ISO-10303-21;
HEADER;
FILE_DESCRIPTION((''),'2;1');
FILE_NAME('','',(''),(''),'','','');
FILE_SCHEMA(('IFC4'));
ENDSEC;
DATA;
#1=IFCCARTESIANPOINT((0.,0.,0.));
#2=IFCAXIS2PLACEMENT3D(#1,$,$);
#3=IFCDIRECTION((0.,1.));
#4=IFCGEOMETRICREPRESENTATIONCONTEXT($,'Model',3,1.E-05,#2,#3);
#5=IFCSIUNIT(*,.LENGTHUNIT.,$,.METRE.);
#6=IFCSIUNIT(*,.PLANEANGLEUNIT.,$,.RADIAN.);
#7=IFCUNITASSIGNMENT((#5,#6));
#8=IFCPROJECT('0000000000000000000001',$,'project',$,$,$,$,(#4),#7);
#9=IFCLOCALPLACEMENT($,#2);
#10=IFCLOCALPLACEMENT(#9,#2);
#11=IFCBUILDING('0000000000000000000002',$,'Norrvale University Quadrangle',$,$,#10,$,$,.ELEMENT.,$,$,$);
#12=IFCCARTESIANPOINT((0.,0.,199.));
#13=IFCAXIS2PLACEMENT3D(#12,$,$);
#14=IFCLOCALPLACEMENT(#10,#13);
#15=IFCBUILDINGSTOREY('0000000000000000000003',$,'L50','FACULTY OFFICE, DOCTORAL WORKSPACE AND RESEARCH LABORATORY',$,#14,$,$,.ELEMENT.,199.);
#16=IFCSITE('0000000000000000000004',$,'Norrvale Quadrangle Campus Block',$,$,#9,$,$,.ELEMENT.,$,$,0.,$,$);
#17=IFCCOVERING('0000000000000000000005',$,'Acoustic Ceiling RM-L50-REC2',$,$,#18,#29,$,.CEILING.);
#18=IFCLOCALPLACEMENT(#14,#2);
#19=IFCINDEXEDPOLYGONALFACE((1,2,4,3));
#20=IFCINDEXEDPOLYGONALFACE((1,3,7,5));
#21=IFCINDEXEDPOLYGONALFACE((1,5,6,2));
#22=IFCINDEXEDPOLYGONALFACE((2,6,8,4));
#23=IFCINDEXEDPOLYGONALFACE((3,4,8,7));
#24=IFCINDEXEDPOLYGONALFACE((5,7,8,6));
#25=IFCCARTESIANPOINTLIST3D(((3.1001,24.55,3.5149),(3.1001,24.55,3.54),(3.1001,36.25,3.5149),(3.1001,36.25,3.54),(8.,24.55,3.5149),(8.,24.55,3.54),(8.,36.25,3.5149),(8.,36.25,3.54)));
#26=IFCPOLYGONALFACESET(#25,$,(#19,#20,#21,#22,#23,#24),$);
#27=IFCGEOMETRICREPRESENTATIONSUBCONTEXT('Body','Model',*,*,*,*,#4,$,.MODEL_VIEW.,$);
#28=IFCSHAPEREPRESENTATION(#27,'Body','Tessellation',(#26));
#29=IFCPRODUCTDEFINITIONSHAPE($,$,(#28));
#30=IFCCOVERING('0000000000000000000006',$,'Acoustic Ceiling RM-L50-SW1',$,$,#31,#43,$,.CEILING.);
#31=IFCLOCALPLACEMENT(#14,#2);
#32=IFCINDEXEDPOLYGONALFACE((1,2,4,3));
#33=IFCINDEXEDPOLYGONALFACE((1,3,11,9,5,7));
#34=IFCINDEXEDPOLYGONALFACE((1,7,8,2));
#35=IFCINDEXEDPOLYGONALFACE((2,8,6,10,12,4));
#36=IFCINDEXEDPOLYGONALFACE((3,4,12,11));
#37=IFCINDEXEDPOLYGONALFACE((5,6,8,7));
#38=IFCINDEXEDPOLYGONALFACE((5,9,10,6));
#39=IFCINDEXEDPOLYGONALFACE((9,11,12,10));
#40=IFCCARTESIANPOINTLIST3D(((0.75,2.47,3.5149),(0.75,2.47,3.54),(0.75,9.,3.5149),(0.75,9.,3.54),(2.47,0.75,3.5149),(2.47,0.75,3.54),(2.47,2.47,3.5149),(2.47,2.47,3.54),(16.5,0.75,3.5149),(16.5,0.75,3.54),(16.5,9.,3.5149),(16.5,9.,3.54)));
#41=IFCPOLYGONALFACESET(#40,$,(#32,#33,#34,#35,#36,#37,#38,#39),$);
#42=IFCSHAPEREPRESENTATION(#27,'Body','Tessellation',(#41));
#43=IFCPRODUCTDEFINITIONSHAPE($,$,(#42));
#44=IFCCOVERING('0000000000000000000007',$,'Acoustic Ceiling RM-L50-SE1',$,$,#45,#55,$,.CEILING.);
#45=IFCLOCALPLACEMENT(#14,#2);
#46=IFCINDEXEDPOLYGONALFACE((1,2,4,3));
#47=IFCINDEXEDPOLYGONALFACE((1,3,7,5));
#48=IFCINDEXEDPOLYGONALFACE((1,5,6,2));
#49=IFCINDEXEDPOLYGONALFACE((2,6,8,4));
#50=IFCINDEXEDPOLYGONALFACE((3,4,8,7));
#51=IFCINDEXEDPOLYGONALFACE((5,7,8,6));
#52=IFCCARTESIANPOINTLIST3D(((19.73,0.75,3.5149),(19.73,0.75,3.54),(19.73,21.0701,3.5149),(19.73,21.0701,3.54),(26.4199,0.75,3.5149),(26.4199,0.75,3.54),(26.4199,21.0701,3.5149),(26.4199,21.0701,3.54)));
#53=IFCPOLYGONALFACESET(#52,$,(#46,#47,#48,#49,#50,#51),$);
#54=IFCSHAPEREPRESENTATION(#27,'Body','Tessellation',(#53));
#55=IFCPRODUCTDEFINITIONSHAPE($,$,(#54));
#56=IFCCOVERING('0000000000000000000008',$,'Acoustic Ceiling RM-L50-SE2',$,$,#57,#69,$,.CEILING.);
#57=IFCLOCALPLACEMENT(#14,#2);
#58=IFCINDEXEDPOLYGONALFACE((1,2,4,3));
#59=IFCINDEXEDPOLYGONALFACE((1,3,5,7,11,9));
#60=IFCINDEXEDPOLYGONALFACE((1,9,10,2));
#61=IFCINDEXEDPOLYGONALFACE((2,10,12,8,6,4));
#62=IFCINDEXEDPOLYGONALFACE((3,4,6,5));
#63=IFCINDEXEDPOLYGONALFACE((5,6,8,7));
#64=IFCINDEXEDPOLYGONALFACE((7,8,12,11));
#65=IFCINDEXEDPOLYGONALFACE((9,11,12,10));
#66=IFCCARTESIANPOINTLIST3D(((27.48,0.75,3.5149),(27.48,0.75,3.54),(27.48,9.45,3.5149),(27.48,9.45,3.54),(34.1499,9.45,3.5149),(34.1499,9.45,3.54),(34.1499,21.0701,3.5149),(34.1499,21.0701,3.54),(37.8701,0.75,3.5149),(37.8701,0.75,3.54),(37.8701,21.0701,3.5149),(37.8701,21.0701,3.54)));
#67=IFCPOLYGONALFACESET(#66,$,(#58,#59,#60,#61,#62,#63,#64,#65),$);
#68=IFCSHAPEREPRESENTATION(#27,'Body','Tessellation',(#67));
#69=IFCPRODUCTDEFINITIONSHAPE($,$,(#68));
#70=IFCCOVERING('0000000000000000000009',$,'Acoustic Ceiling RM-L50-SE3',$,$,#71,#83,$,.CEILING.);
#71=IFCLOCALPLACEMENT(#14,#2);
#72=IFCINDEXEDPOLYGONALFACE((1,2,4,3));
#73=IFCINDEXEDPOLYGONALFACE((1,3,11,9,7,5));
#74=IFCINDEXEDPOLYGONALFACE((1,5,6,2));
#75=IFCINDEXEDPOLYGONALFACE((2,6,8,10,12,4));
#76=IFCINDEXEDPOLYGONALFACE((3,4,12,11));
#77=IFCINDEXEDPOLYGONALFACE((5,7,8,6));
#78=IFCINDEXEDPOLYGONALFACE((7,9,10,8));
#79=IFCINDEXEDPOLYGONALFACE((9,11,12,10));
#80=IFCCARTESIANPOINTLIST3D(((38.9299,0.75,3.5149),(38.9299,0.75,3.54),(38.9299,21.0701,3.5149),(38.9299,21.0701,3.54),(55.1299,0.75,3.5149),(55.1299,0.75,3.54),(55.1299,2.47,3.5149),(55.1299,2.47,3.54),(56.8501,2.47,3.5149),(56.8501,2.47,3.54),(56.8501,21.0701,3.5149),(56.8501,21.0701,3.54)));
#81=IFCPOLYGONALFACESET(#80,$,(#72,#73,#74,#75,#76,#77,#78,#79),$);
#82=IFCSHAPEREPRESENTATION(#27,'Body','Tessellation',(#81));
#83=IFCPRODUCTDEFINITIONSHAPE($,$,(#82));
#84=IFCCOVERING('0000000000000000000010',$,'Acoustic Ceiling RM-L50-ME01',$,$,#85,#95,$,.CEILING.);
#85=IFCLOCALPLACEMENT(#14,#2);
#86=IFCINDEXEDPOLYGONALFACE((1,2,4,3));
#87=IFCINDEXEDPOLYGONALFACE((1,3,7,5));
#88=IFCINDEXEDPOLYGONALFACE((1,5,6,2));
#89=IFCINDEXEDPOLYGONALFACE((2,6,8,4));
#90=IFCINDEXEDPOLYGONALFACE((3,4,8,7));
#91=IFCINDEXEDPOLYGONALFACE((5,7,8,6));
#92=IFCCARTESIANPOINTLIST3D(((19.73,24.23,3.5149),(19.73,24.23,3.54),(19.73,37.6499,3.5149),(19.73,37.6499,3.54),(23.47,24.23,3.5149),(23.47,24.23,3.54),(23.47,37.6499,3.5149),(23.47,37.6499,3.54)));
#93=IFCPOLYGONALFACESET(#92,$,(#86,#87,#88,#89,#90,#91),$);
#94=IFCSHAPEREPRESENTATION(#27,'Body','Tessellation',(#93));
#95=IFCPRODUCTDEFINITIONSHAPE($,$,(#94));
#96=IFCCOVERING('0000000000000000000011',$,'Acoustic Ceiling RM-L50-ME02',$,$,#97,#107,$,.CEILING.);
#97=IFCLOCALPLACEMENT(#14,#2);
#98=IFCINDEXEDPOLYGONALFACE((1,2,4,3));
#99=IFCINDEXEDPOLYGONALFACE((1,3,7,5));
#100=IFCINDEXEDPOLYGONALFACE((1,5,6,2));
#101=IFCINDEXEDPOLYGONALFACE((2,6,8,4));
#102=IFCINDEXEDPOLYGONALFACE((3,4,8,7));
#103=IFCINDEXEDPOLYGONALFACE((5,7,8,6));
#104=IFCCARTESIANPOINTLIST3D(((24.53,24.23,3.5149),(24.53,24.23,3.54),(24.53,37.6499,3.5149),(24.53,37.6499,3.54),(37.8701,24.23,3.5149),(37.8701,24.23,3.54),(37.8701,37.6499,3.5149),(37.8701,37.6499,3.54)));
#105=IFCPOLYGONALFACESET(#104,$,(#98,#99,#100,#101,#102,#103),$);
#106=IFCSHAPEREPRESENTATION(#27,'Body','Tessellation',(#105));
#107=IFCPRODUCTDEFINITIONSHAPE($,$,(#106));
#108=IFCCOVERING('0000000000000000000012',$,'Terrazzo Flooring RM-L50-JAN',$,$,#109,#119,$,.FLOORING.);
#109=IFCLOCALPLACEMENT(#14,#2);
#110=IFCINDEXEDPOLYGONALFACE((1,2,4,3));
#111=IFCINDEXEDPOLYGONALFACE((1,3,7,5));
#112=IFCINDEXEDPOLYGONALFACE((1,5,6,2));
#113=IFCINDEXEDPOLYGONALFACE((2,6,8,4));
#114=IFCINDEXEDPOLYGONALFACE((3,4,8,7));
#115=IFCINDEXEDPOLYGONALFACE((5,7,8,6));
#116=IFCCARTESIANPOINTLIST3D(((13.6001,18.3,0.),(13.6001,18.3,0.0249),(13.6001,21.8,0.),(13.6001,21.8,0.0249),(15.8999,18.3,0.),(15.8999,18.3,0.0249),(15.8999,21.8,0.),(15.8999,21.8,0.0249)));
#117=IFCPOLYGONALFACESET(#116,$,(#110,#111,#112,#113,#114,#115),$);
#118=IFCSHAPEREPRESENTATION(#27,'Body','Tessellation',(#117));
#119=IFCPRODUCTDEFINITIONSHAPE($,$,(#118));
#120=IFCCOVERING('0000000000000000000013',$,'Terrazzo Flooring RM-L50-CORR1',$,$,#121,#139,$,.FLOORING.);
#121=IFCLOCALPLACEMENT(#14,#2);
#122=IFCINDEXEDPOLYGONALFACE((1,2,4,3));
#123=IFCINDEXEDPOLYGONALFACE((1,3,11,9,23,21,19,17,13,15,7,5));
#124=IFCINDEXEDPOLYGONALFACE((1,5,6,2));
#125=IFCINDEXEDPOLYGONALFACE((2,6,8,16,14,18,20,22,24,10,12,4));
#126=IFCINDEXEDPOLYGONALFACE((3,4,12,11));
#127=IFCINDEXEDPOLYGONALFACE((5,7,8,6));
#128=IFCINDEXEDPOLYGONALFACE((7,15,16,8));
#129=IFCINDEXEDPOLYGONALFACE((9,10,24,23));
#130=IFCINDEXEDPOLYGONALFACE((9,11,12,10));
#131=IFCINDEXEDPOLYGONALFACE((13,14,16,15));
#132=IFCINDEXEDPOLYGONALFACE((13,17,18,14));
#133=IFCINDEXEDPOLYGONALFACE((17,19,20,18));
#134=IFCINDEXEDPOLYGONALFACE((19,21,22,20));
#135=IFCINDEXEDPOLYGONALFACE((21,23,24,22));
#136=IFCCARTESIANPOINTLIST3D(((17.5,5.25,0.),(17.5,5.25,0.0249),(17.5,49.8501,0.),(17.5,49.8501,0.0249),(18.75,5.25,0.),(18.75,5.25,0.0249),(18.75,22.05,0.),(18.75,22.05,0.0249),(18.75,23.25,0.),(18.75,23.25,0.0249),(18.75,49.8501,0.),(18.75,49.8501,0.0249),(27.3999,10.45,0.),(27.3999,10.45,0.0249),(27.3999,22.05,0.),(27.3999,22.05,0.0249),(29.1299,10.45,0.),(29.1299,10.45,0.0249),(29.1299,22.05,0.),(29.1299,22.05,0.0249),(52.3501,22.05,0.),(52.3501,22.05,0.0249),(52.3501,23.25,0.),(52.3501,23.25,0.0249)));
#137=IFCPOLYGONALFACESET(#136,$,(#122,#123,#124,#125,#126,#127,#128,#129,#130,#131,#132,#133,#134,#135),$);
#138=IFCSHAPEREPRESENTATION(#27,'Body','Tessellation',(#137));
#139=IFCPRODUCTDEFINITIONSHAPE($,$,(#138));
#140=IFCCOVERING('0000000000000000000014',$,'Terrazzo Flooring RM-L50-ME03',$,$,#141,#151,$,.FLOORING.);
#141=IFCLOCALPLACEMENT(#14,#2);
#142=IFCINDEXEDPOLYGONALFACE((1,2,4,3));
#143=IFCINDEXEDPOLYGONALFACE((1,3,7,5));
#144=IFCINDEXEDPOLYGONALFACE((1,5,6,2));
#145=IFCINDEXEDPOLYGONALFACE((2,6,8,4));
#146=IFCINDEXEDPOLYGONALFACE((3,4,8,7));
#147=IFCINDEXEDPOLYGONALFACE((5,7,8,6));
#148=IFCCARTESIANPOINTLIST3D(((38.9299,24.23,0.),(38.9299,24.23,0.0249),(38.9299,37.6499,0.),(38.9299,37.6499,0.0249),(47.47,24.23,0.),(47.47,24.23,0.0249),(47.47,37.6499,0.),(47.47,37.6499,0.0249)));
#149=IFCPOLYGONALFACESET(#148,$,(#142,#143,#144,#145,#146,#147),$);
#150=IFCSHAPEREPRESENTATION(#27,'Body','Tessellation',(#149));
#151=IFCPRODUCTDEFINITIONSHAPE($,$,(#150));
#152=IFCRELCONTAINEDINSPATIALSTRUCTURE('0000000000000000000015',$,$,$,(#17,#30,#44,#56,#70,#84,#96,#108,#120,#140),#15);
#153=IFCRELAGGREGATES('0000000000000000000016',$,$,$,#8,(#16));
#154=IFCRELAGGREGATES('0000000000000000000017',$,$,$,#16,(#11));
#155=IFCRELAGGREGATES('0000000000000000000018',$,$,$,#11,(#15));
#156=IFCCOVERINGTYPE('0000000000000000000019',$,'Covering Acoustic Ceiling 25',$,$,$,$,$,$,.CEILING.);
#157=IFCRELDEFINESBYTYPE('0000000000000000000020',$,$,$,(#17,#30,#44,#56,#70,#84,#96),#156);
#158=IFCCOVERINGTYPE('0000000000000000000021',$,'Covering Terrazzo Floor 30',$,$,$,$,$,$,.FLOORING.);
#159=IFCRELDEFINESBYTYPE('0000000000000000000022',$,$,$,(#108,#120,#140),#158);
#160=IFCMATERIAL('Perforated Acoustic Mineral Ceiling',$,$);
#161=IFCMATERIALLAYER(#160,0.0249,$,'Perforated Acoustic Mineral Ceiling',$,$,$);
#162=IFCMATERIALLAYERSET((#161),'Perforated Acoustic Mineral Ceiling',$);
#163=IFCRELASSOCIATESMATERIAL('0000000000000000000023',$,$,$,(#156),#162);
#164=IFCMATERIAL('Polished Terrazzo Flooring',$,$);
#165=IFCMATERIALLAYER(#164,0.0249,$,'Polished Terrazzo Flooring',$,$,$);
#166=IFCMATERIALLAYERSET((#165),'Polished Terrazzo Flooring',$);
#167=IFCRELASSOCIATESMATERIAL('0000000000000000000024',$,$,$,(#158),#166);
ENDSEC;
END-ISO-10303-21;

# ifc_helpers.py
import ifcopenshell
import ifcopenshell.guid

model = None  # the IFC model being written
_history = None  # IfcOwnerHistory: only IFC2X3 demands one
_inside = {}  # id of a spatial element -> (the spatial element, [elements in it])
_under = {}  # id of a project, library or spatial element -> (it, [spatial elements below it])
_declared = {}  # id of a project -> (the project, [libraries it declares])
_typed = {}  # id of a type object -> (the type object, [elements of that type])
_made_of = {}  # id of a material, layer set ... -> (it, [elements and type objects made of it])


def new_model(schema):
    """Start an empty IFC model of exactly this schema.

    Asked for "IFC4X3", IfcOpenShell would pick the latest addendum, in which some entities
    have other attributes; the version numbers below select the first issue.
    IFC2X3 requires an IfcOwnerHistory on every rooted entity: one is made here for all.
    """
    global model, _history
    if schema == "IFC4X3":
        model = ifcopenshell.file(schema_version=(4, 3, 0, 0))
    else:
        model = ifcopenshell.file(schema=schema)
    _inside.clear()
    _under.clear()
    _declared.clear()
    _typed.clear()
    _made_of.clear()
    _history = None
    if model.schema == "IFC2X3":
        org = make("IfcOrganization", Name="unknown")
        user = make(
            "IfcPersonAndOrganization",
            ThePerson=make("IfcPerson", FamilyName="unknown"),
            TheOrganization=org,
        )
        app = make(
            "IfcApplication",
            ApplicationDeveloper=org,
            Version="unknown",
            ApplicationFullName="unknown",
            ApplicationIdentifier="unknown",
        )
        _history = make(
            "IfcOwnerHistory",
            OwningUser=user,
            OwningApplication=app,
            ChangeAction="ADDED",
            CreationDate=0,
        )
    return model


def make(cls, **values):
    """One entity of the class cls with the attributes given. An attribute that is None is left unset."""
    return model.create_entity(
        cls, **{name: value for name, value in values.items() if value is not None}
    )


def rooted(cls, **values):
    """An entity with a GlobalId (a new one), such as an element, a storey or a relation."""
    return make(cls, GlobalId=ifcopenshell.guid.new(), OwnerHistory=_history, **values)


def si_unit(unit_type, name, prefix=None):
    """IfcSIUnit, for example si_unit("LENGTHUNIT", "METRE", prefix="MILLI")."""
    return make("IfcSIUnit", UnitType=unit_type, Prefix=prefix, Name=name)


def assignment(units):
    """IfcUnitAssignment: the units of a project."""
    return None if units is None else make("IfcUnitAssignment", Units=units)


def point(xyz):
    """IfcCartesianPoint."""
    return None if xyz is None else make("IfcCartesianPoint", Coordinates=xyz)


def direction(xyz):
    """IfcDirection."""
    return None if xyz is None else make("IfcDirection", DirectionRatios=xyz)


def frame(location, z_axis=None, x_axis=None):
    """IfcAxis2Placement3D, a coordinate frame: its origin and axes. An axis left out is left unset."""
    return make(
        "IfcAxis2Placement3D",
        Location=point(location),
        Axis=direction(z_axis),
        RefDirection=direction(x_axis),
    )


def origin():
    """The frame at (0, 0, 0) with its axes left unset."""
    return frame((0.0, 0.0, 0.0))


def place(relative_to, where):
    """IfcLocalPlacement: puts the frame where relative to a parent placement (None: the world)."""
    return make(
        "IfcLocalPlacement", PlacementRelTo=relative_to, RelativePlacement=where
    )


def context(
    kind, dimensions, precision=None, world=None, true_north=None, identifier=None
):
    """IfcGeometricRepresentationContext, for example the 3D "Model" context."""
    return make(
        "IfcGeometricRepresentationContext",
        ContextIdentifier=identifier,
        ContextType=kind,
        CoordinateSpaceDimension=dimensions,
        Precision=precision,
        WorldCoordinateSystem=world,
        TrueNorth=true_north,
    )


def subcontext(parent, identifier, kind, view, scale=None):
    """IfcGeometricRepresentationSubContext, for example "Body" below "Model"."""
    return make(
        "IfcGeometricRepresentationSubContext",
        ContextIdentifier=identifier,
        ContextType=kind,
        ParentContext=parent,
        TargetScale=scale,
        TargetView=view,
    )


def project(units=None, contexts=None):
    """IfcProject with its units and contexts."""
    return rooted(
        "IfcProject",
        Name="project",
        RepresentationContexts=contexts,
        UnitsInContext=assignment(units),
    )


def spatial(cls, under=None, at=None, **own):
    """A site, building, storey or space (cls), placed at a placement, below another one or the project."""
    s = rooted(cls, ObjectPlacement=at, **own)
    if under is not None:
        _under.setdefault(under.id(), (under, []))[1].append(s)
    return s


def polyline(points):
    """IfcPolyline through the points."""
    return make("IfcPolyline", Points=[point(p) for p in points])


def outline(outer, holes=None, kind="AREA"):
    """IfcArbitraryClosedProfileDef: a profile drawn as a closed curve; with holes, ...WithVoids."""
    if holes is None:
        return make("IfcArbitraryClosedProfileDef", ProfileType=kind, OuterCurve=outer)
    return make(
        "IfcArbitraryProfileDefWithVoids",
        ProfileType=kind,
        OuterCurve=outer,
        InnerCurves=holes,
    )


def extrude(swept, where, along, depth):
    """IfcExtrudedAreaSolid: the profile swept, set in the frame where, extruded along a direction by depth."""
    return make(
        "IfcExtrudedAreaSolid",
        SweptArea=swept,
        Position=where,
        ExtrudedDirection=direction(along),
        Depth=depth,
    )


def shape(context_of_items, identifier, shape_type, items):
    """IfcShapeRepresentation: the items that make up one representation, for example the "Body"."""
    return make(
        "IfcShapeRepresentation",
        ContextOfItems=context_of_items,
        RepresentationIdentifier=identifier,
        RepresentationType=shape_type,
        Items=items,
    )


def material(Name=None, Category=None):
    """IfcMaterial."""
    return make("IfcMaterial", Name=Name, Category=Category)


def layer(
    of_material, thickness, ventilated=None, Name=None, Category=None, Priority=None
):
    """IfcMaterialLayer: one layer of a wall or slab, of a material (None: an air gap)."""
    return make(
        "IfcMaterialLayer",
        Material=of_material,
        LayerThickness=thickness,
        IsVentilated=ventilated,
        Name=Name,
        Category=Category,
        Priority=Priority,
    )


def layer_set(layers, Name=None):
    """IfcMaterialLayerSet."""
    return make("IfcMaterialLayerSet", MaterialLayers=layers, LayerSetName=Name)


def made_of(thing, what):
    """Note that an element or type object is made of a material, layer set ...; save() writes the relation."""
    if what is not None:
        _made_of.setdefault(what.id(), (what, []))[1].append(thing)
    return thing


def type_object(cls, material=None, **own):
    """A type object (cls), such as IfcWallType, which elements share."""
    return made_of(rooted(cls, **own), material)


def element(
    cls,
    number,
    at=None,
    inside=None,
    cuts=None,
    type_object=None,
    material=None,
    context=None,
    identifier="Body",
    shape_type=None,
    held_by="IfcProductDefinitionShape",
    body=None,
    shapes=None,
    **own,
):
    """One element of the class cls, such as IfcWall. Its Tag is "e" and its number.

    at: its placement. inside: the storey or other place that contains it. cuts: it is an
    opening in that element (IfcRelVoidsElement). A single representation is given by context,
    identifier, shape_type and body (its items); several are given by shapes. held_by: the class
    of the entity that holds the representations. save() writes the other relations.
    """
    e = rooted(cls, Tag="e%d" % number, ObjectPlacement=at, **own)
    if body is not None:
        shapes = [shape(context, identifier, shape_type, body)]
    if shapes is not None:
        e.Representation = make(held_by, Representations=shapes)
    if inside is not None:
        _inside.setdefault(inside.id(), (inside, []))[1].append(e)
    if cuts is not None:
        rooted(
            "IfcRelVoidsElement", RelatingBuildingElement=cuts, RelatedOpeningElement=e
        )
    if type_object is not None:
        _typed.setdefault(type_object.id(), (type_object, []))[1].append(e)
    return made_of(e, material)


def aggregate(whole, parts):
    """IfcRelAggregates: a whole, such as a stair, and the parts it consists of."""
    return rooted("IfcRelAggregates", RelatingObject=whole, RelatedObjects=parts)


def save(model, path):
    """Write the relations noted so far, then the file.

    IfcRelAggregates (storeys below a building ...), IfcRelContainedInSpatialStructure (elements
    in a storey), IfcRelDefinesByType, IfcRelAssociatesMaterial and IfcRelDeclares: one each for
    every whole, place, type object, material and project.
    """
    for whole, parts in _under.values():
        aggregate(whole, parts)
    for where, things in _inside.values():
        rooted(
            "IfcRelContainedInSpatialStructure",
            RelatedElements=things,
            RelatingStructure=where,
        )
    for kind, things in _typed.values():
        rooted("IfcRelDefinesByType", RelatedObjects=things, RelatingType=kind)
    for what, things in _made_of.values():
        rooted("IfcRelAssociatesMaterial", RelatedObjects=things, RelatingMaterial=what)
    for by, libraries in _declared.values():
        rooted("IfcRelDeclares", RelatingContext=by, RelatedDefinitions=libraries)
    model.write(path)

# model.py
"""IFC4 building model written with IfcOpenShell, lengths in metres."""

from ifc_helpers import new_model, si_unit, direction, frame, origin, place, context, subcontext, project, spatial, polyline, outline, extrude, material, layer, layer_set, type_object, element, save


model = new_model("IFC4")

# Units and contexts
model_context = context("Model", 3, precision=1e-05, world=origin(), true_north=direction((0.0, 1.0)))
body_context = subcontext(model_context, "Body", "Model", "MODEL_VIEW")
ifc_project = project(units=[si_unit("LENGTHUNIT", "METRE"), si_unit("PLANEANGLEUNIT", "RADIAN")], contexts=[model_context])

# Site, building, storey
site_placement = place(None, origin())
site = spatial("IfcSite", under=ifc_project, at=site_placement, Name="Norrvale Quadrangle Campus Block", CompositionType="ELEMENT", RefElevation=0.0)
building_placement = place(site_placement, origin())
building = spatial("IfcBuilding", under=site, at=building_placement, Name="Norrvale University Quadrangle", CompositionType="ELEMENT")
storey_placement = place(building_placement, frame((0.0, 0.0, 199.0)))
storey = spatial("IfcBuildingStorey", under=building, at=storey_placement, Name="L50", Description="FACULTY OFFICE, DOCTORAL WORKSPACE AND RESEARCH LABORATORY", CompositionType="ELEMENT", Elevation=199.0)

# Coverings
ifc_material_1 = material(Name="Perforated Acoustic Mineral Ceiling")
ifc_layer_1 = layer(ifc_material_1, 0.0249, Name="Perforated Acoustic Mineral Ceiling")
ifc_layer_set_1 = layer_set([ifc_layer_1], Name="Perforated Acoustic Mineral Ceiling")
covering_type_1 = type_object("IfcCoveringType", Name="Covering Acoustic Ceiling 25", PredefinedType="CEILING", material=ifc_layer_set_1)
covering_1_placement = place(storey_placement, frame((0.0, 0.0, 3.5149)))
element("IfcCovering", 1, at=covering_1_placement, inside=storey, type_object=covering_type_1, Name="Acoustic Ceiling RM-L50-REC2", PredefinedType="CEILING", context=body_context, shape_type="SweptSolid", body=[
    extrude(outline(polyline([(3.1001, 24.55), (3.1001, 36.25), (8.0, 36.25), (8.0, 24.55), (3.1001, 24.55)])), origin(), (0.0, 0.0, 1.0), 0.0251),
])
covering_2_placement = place(storey_placement, frame((0.0, 0.0, 3.5149)))
element("IfcCovering", 2, at=covering_2_placement, inside=storey, type_object=covering_type_1, Name="Acoustic Ceiling RM-L50-SW1", PredefinedType="CEILING", context=body_context, shape_type="SweptSolid", body=[
    extrude(outline(polyline([(0.75, 9.0), (16.5, 9.0), (16.5, 0.75), (2.47, 0.75), (2.47, 2.47), (0.75, 2.47), (0.75, 9.0)])), origin(), (0.0, 0.0, 1.0), 0.0251),
])
covering_3_placement = place(storey_placement, frame((0.0, 0.0, 3.5149)))
element("IfcCovering", 3, at=covering_3_placement, inside=storey, type_object=covering_type_1, Name="Acoustic Ceiling RM-L50-SE1", PredefinedType="CEILING", context=body_context, shape_type="SweptSolid", body=[
    extrude(outline(polyline([(19.73, 21.0701), (26.4199, 21.0701), (26.4199, 0.75), (19.73, 0.75), (19.73, 21.0701)])), origin(), (0.0, 0.0, 1.0), 0.0251),
])
covering_4_placement = place(storey_placement, frame((0.0, 0.0, 3.5149)))
element("IfcCovering", 4, at=covering_4_placement, inside=storey, type_object=covering_type_1, Name="Acoustic Ceiling RM-L50-SE2", PredefinedType="CEILING", context=body_context, shape_type="SweptSolid", body=[
    extrude(outline(polyline([(27.48, 9.45), (34.1499, 9.45), (34.1499, 21.0701), (37.8701, 21.0701), (37.8701, 0.75), (27.48, 0.75), (27.48, 9.45)])), origin(), (0.0, 0.0, 1.0), 0.0251),
])
covering_5_placement = place(storey_placement, frame((0.0, 0.0, 3.5149)))
element("IfcCovering", 5, at=covering_5_placement, inside=storey, type_object=covering_type_1, Name="Acoustic Ceiling RM-L50-SE3", PredefinedType="CEILING", context=body_context, shape_type="SweptSolid", body=[
    extrude(outline(polyline([(38.9299, 0.75), (38.9299, 21.0701), (56.8501, 21.0701), (56.8501, 2.47), (55.1299, 2.47), (55.1299, 0.75), (38.9299, 0.75)])), origin(), (0.0, 0.0, 1.0), 0.0251),
])
covering_6_placement = place(storey_placement, frame((0.0, 0.0, 3.5149)))
element("IfcCovering", 6, at=covering_6_placement, inside=storey, type_object=covering_type_1, Name="Acoustic Ceiling RM-L50-ME01", PredefinedType="CEILING", context=body_context, shape_type="SweptSolid", body=[
    extrude(outline(polyline([(19.73, 37.6499), (23.47, 37.6499), (23.47, 24.23), (19.73, 24.23), (19.73, 37.6499)])), origin(), (0.0, 0.0, 1.0), 0.0251),
])
covering_7_placement = place(storey_placement, frame((0.0, 0.0, 3.5149)))
element("IfcCovering", 7, at=covering_7_placement, inside=storey, type_object=covering_type_1, Name="Acoustic Ceiling RM-L50-ME02", PredefinedType="CEILING", context=body_context, shape_type="SweptSolid", body=[
    extrude(outline(polyline([(24.53, 37.6499), (37.8701, 37.6499), (37.8701, 24.23), (24.53, 24.23), (24.53, 37.6499)])), origin(), (0.0, 0.0, 1.0), 0.0251),
])
ifc_material_2 = material(Name="Polished Terrazzo Flooring")
ifc_layer_2 = layer(ifc_material_2, 0.0249, Name="Polished Terrazzo Flooring")
ifc_layer_set_2 = layer_set([ifc_layer_2], Name="Polished Terrazzo Flooring")
covering_type_2 = type_object("IfcCoveringType", Name="Covering Terrazzo Floor 30", PredefinedType="FLOORING", material=ifc_layer_set_2)
covering_8_placement = place(storey_placement, origin())
element("IfcCovering", 8, at=covering_8_placement, inside=storey, type_object=covering_type_2, Name="Terrazzo Flooring RM-L50-JAN", PredefinedType="FLOORING", context=body_context, shape_type="SweptSolid", body=[
    extrude(outline(polyline([(13.6001, 18.3), (13.6001, 21.8), (15.8999, 21.8), (15.8999, 18.3), (13.6001, 18.3)])), origin(), (0.0, 0.0, 1.0), 0.0249),
])
covering_9_placement = place(storey_placement, origin())
element("IfcCovering", 9, at=covering_9_placement, inside=storey, type_object=covering_type_2, Name="Terrazzo Flooring RM-L50-CORR1", PredefinedType="FLOORING", context=body_context, shape_type="SweptSolid", body=[
    extrude(outline(polyline([(17.5, 5.25), (17.5, 49.8501), (18.75, 49.8501), (18.75, 23.25), (52.3501, 23.25), (52.3501, 22.05), (29.1299, 22.05), (29.1299, 10.45), (27.3999, 10.45), (27.3999, 22.05), (18.75, 22.05), (18.75, 5.25), (17.5, 5.25)])), origin(), (0.0, 0.0, 1.0), 0.0249),
])
covering_10_placement = place(storey_placement, origin())
element("IfcCovering", 10, at=covering_10_placement, inside=storey, type_object=covering_type_2, Name="Terrazzo Flooring RM-L50-ME03", PredefinedType="FLOORING", context=body_context, shape_type="SweptSolid", body=[
    extrude(outline(polyline([(38.9299, 37.6499), (47.47, 37.6499), (47.47, 24.23), (38.9299, 24.23), (38.9299, 37.6499)])), origin(), (0.0, 0.0, 1.0), 0.0249),
])

save(model, "model.ifc")
